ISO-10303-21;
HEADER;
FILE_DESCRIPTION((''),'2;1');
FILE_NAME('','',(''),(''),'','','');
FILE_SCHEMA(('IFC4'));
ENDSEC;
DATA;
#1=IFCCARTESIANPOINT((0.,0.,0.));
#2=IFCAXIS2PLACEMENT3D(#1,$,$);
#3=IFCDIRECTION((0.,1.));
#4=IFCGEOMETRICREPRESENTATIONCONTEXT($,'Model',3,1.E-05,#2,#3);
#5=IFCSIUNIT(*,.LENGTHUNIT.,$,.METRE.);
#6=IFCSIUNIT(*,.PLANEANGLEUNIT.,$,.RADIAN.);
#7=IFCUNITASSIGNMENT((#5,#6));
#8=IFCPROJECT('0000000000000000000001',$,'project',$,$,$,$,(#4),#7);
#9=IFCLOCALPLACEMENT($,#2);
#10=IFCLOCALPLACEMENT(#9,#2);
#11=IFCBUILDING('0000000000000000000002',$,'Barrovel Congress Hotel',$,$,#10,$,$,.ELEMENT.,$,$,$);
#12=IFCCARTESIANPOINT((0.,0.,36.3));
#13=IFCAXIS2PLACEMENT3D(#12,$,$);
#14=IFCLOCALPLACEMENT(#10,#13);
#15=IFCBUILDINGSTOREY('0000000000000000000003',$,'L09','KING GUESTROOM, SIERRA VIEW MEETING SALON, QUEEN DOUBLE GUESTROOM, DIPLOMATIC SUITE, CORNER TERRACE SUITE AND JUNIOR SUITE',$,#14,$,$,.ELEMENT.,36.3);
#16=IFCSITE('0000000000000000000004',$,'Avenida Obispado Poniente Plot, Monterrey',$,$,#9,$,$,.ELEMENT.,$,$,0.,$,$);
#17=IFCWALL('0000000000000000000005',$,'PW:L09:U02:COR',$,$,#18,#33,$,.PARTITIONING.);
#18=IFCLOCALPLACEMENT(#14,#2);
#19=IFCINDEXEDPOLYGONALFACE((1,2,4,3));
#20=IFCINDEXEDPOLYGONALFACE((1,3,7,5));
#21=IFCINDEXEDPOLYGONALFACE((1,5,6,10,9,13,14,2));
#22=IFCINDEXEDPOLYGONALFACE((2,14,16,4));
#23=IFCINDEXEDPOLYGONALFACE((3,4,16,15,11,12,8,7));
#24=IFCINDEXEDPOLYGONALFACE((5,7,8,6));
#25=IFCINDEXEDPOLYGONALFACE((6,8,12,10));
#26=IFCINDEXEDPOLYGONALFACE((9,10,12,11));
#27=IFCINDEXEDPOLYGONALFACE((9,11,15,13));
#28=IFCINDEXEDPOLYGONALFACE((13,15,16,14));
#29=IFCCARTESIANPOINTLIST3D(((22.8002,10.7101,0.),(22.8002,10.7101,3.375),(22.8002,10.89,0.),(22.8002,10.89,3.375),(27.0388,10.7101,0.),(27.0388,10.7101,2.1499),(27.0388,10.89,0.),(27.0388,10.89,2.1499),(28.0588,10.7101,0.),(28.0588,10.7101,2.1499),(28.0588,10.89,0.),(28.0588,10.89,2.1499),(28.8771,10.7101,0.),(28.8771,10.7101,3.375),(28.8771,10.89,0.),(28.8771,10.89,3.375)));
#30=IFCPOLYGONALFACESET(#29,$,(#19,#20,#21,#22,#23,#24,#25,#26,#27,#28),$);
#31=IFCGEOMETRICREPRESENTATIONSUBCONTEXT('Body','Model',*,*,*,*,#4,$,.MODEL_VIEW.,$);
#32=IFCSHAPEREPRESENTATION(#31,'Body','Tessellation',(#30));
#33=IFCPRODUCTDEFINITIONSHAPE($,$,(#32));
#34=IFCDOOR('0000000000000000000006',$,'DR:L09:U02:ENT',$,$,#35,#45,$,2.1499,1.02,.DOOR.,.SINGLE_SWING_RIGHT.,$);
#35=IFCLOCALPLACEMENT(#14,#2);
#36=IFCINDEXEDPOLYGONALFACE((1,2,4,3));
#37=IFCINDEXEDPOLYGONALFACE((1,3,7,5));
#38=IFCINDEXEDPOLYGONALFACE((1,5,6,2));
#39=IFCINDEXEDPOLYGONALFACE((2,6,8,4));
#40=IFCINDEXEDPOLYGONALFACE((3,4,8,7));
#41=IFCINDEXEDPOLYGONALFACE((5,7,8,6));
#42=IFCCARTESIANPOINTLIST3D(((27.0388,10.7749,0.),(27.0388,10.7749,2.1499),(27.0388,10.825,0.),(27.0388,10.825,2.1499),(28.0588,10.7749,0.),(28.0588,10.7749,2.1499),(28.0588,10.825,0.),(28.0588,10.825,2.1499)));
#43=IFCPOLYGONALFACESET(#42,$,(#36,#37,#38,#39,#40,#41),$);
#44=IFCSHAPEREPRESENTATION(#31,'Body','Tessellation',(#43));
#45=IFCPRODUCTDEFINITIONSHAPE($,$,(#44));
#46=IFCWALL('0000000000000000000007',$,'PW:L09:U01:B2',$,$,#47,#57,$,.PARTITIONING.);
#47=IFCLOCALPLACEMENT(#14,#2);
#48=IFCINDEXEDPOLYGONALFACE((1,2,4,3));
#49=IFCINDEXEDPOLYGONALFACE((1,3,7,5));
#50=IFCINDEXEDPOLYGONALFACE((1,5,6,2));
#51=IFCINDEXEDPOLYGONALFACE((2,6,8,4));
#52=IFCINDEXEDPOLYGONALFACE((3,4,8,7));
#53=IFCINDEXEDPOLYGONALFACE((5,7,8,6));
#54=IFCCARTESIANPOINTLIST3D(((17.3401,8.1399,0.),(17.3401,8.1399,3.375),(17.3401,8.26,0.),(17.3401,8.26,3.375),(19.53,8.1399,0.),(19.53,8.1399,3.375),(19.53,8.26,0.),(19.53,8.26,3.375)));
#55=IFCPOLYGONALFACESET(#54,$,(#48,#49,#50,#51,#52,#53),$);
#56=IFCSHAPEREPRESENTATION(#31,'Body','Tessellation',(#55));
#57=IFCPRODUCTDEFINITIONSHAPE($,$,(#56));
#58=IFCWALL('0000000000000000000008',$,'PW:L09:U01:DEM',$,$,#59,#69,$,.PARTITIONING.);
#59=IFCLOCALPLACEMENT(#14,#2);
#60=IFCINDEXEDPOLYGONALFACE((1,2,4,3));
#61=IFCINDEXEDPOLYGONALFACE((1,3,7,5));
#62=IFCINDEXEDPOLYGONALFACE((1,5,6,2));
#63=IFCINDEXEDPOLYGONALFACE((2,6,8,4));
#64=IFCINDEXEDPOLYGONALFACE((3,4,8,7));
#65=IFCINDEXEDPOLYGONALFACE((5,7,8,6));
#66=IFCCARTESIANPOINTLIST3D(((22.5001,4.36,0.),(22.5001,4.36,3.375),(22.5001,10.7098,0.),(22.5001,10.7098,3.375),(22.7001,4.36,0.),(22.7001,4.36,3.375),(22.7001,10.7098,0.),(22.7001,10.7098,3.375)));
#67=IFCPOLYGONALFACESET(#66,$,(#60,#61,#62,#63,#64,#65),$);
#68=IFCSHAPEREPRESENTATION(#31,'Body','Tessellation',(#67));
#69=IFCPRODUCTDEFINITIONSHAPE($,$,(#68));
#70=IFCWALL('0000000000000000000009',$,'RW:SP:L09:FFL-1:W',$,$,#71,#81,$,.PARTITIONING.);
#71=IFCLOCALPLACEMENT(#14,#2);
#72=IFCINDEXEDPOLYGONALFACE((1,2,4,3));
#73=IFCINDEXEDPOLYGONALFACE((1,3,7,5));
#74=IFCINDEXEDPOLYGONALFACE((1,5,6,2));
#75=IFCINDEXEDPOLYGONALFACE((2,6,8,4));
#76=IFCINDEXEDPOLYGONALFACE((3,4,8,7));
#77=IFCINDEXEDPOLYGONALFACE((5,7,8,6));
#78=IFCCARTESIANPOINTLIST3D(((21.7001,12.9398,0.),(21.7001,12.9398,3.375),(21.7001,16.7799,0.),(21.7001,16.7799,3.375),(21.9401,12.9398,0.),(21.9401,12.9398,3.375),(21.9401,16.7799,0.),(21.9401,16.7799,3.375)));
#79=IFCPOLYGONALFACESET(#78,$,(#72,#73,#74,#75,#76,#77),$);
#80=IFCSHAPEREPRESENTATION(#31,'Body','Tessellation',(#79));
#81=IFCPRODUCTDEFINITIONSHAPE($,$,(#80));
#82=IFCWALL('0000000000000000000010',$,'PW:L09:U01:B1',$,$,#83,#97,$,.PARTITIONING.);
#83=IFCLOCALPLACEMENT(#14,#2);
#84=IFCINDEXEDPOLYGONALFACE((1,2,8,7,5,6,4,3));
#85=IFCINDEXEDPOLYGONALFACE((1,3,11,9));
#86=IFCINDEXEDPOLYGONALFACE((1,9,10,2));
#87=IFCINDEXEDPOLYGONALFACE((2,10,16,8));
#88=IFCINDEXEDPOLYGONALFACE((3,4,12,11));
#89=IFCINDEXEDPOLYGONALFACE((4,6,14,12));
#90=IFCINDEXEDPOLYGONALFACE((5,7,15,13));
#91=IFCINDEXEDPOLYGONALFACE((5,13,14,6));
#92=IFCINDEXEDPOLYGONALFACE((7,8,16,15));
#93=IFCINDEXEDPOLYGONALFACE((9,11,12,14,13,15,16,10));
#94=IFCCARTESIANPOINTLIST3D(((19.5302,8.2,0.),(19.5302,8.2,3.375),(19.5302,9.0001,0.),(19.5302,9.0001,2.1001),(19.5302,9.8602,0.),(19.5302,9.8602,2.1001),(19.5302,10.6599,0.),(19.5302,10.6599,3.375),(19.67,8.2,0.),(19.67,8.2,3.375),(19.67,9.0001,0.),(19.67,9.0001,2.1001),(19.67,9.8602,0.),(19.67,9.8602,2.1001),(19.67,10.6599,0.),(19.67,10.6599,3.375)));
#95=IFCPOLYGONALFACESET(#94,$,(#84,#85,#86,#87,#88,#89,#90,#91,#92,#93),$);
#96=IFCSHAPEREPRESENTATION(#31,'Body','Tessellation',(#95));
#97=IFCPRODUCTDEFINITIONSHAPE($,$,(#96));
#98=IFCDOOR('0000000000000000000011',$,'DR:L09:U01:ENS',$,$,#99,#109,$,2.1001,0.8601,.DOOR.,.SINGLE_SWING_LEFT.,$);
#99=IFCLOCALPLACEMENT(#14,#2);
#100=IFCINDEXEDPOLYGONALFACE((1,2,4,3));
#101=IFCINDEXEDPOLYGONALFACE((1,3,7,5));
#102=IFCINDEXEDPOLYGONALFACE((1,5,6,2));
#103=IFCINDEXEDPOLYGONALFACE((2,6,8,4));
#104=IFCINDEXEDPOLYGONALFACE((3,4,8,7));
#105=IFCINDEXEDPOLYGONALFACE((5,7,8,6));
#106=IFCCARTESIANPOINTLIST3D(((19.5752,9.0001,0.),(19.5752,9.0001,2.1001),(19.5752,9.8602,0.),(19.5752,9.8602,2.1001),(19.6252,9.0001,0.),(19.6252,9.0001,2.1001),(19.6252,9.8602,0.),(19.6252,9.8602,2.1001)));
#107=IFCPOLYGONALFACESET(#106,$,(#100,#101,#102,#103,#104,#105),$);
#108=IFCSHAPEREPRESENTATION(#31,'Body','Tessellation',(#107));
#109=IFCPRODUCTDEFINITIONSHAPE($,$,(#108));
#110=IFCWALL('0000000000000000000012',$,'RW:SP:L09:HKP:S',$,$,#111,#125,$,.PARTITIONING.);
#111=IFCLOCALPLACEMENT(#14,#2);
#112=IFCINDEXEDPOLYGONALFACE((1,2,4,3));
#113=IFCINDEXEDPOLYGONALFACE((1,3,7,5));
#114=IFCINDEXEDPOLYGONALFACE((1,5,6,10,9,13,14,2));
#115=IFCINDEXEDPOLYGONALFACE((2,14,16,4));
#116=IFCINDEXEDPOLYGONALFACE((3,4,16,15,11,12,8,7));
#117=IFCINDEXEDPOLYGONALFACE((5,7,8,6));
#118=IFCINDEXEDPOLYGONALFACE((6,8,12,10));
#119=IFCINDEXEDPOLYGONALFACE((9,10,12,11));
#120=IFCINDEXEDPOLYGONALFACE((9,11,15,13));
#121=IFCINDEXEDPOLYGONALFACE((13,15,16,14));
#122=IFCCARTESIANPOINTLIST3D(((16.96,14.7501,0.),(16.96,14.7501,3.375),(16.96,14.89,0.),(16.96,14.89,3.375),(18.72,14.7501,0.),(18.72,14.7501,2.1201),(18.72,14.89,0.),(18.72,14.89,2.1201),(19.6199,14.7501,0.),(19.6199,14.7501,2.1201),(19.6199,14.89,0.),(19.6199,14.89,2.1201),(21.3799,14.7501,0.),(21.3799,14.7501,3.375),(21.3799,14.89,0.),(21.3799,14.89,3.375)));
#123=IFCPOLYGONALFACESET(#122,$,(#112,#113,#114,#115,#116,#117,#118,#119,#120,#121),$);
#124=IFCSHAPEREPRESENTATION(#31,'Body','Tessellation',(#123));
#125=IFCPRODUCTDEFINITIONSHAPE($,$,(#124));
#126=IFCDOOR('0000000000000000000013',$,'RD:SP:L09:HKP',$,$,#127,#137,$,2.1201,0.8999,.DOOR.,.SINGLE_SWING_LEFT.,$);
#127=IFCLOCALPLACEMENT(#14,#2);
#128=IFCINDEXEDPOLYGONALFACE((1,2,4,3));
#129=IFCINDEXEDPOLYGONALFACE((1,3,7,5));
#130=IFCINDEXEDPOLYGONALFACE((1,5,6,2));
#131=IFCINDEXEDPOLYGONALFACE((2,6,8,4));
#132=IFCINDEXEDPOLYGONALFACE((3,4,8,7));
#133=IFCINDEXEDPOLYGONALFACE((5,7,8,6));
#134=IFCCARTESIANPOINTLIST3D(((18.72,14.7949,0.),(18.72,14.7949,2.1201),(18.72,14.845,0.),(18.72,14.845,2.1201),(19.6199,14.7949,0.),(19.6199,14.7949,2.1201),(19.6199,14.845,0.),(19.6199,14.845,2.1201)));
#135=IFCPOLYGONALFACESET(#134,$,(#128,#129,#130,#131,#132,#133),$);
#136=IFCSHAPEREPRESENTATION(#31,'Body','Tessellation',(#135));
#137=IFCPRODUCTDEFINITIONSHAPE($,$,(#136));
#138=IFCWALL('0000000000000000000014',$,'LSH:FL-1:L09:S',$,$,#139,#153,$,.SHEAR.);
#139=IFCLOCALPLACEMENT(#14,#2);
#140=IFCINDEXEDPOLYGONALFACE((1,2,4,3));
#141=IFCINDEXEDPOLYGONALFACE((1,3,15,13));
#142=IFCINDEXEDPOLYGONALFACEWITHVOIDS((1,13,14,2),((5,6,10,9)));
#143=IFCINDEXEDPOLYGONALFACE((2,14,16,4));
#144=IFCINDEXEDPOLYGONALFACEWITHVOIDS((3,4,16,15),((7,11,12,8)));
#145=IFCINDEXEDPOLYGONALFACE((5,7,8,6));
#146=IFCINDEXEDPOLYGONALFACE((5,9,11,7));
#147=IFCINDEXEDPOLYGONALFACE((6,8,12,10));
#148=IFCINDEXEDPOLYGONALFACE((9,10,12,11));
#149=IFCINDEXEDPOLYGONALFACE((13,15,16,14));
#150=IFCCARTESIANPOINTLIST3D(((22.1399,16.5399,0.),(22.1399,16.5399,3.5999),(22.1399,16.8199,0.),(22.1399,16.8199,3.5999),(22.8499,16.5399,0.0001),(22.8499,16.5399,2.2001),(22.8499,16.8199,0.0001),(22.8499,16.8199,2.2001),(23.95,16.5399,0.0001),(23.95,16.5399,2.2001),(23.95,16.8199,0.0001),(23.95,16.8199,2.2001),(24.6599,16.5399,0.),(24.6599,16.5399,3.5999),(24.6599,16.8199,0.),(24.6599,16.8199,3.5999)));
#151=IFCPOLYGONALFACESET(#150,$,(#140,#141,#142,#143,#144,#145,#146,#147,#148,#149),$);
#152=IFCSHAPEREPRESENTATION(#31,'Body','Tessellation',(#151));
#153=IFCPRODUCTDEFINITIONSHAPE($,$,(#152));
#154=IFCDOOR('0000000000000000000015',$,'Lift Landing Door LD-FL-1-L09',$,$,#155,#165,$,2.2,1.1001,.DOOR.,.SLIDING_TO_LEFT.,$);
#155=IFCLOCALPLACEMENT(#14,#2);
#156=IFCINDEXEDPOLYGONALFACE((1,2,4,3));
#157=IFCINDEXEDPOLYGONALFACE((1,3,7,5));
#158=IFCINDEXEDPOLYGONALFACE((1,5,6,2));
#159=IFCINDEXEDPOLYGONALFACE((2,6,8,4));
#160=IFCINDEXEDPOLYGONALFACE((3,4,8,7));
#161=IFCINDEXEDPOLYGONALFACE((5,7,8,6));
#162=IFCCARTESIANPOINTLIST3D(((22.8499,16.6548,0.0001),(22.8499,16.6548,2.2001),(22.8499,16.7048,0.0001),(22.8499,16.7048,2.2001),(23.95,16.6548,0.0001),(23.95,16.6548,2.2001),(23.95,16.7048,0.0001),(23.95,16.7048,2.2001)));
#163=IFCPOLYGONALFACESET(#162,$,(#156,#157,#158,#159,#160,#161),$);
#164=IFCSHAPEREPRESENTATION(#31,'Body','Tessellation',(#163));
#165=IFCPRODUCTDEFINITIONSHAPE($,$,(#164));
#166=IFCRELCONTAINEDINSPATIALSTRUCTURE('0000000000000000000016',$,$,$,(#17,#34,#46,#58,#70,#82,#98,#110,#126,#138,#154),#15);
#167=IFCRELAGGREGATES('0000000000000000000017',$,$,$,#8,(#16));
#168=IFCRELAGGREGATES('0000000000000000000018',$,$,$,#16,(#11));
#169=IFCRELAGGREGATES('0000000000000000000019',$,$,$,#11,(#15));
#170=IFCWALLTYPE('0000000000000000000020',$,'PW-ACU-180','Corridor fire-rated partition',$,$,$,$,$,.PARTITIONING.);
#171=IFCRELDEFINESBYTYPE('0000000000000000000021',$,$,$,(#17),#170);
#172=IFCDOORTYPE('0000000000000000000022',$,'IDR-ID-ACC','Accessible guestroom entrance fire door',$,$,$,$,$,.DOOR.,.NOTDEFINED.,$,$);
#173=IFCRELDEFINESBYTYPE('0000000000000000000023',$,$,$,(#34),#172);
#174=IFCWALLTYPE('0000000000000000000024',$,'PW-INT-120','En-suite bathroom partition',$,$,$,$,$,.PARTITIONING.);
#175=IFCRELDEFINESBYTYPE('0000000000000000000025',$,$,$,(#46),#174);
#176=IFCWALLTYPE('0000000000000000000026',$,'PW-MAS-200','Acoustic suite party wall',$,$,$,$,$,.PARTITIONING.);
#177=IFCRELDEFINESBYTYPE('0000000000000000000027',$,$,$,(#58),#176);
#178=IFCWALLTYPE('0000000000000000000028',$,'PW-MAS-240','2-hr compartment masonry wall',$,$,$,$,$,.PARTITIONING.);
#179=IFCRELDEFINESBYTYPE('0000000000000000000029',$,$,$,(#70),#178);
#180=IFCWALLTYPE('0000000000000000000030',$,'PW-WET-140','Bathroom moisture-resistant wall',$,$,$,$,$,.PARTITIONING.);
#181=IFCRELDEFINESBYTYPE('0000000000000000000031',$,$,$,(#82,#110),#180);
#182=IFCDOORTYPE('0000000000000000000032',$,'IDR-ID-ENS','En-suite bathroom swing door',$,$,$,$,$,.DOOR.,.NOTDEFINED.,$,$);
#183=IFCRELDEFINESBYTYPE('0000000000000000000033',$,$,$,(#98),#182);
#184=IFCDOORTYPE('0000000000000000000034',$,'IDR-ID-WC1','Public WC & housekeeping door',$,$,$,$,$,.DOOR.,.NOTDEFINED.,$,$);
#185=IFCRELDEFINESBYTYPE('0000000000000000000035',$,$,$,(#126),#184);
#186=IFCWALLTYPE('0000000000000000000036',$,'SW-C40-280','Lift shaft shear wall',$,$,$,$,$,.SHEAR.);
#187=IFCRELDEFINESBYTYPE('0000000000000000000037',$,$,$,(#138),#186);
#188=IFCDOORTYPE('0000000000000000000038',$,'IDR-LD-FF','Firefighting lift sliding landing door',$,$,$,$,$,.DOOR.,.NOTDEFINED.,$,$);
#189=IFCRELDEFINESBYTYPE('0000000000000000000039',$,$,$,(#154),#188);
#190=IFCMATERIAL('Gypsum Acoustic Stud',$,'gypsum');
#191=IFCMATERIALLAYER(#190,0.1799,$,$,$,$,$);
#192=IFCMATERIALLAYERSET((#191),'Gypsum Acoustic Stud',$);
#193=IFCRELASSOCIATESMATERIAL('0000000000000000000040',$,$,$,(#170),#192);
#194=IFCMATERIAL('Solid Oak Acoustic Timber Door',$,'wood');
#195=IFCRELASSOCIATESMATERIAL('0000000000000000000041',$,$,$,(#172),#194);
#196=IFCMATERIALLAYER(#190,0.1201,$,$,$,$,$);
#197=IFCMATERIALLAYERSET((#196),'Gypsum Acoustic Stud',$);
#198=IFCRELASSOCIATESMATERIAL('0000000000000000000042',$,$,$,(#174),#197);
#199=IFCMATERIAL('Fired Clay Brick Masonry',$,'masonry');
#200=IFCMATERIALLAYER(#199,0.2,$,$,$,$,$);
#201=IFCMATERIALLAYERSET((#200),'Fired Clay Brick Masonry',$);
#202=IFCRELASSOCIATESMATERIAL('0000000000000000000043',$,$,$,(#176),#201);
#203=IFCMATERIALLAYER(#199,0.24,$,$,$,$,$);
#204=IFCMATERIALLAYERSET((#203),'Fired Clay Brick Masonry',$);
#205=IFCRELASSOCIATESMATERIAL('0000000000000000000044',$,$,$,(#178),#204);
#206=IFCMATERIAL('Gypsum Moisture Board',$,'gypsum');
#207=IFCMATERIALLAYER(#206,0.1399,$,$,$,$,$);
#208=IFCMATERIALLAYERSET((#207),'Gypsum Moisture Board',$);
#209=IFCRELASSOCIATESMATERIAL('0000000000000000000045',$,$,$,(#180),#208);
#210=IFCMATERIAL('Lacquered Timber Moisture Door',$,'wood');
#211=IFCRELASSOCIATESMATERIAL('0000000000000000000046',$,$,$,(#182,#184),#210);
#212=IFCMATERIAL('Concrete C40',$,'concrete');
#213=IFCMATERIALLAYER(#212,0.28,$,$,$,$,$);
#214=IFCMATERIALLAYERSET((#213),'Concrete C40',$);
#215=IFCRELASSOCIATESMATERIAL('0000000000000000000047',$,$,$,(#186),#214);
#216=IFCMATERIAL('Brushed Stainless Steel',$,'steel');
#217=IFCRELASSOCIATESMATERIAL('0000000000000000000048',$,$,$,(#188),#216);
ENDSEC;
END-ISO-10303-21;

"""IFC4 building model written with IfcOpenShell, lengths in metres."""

from ifc_helpers import new_model, si_unit, direction, frame, frame_2d, origin, place, context, subcontext, project, spatial, rectangle, extrude, material, layer, layer_set, type_object, element, fill, save


model = new_model("IFC4")

# Units and contexts
model_context = context("Model", 3, precision=1e-05, world=origin(), true_north=direction((0.0, 1.0)))
body_context = subcontext(model_context, "Body", "Model", "MODEL_VIEW")
ifc_project = project(units=[si_unit("LENGTHUNIT", "METRE"), si_unit("PLANEANGLEUNIT", "RADIAN")], contexts=[model_context])

# Site, building, storey
site_placement = place(None, origin())
site = spatial("IfcSite", under=ifc_project, at=site_placement, Name="Avenida Obispado Poniente Plot, Monterrey", CompositionType="ELEMENT", RefElevation=0.0)
building_placement = place(site_placement, origin())
building = spatial("IfcBuilding", under=site, at=building_placement, Name="Barrovel Congress Hotel", CompositionType="ELEMENT")
storey_placement = place(building_placement, frame((0.0, 0.0, 36.3)))
storey = spatial("IfcBuildingStorey", under=building, at=storey_placement, Name="L09", Description="KING GUESTROOM, SIERRA VIEW MEETING SALON, QUEEN DOUBLE GUESTROOM, DIPLOMATIC SUITE, CORNER TERRACE SUITE AND JUNIOR SUITE", CompositionType="ELEMENT", Elevation=36.3)

# Shared definitions
ifc_material_1 = material(Name="Concrete C40", Category="concrete")

# Shared definitions
ifc_material_2 = material(Name="Fired Clay Brick Masonry", Category="masonry")

# Wall, opening, door
ifc_material_3 = material(Name="Gypsum Acoustic Stud", Category="gypsum")
ifc_layer_1 = layer(ifc_material_3, 0.1799)
ifc_layer_set_1 = layer_set([ifc_layer_1], Name="Gypsum Acoustic Stud")
wall_type_1 = type_object("IfcWallType", Name="PW-ACU-180", Description="Corridor fire-rated partition", PredefinedType="PARTITIONING", material=ifc_layer_set_1)
ifc_material_4 = material(Name="Solid Oak Acoustic Timber Door", Category="wood")
wall_1_placement = place(storey_placement, frame((22.8, 10.8, 0.0), z_axis=(0.0, 0.0, 1.0), x_axis=(1.0, 0.0, 0.0)))
wall_1 = element("IfcWall", 1, at=wall_1_placement, inside=storey, type_object=wall_type_1, Name="PW:L09:U02:COR", PredefinedType="PARTITIONING", context=body_context, shape_type="SweptSolid", body=[
    extrude(rectangle(XDim=6.0769, YDim=0.1799, at=frame_2d((3.0386, 0.0))), origin(), (0.0, 0.0, 1.0), 3.375),
])
opening_1_placement = place(wall_1_placement, frame((4.2388, 0.0, 0.0)))
opening_1 = element("IfcOpeningElement", 2, at=opening_1_placement, cuts=wall_1, PredefinedType="OPENING", context=body_context, shape_type="SweptSolid", body=[
    extrude(rectangle(XDim=1.02, YDim=2.1499, at=frame_2d((0.51, 1.075))), frame((0.0, 0.1001, 0.0), z_axis=(0.0, -1.0, 0.0), x_axis=(1.0, 0.0, 0.0)), (0.0, 0.0, 1.0), 0.2),
])
door_type_1 = type_object("IfcDoorType", Name="IDR-ID-ACC", Description="Accessible guestroom entrance fire door", OperationType="NOTDEFINED", PredefinedType="DOOR", material=ifc_material_4)
door_1_placement = place(opening_1_placement, origin())
door_1 = element("IfcDoor", 3, at=door_1_placement, inside=storey, type_object=door_type_1, Name="DR:L09:U02:ENT", OperationType="SINGLE_SWING_RIGHT", OverallHeight=2.1499, OverallWidth=1.02, PredefinedType="DOOR", context=body_context, shape_type="SweptSolid", body=[
    extrude(rectangle(XDim=1.02, YDim=2.1499, at=frame_2d((0.51, 1.075))), frame((0.0, 0.0249, 0.0), z_axis=(0.0, -1.0, 0.0), x_axis=(1.0, 0.0, 0.0)), (0.0, 0.0, 1.0), 0.05),
])
fill(opening_1, door_1)

# Walls
ifc_layer_2 = layer(ifc_material_3, 0.1201)
ifc_layer_set_2 = layer_set([ifc_layer_2], Name="Gypsum Acoustic Stud")
wall_type_2 = type_object("IfcWallType", Name="PW-INT-120", Description="En-suite bathroom partition", PredefinedType="PARTITIONING", material=ifc_layer_set_2)
wall_2_placement = place(storey_placement, frame((17.3401, 8.2, 0.0), z_axis=(0.0, 0.0, 1.0), x_axis=(1.0, 0.0, 0.0)))
element("IfcWall", 4, at=wall_2_placement, inside=storey, type_object=wall_type_2, Name="PW:L09:U01:B2", PredefinedType="PARTITIONING", context=body_context, shape_type="SweptSolid", body=[
    extrude(rectangle(XDim=2.1899, YDim=0.1201, at=frame_2d((1.095, 0.0))), origin(), (0.0, 0.0, 1.0), 3.375),
])
ifc_layer_3 = layer(ifc_material_2, 0.2)
ifc_layer_set_3 = layer_set([ifc_layer_3], Name="Fired Clay Brick Masonry")
wall_type_3 = type_object("IfcWallType", Name="PW-MAS-200", Description="Acoustic suite party wall", PredefinedType="PARTITIONING", material=ifc_layer_set_3)
wall_3_placement = place(storey_placement, frame((22.6001, 4.3601, 0.0), z_axis=(0.0, 0.0, 1.0), x_axis=(0.0, 1.0, 0.0)))
element("IfcWall", 5, at=wall_3_placement, inside=storey, type_object=wall_type_3, Name="PW:L09:U01:DEM", PredefinedType="PARTITIONING", context=body_context, shape_type="SweptSolid", body=[
    extrude(rectangle(XDim=6.3499, YDim=0.2, at=frame_2d((3.1748, 0.0))), origin(), (0.0, 0.0, 1.0), 3.375),
])

# Shared definitions
ifc_layer_4 = layer(ifc_material_2, 0.24)
ifc_layer_set_4 = layer_set([ifc_layer_4], Name="Fired Clay Brick Masonry")
wall_type_4 = type_object("IfcWallType", Name="PW-MAS-240", Description="2-hr compartment masonry wall", PredefinedType="PARTITIONING", material=ifc_layer_set_4)

# Wall
wall_4_placement = place(storey_placement, frame((21.8201, 12.9399, 0.0), z_axis=(0.0, 0.0, 1.0), x_axis=(0.0, 1.0, 0.0)))
element("IfcWall", 6, at=wall_4_placement, inside=storey, type_object=wall_type_4, Name="RW:SP:L09:FFL-1:W", PredefinedType="PARTITIONING", context=body_context, shape_type="SweptSolid", body=[
    extrude(rectangle(XDim=3.8401, YDim=0.24, at=frame_2d((1.9199, 0.0))), origin(), (0.0, 0.0, 1.0), 3.375),
])

# Walls, openings, doors
ifc_material_5 = material(Name="Gypsum Moisture Board", Category="gypsum")
ifc_layer_5 = layer(ifc_material_5, 0.1399)
ifc_layer_set_5 = layer_set([ifc_layer_5], Name="Gypsum Moisture Board")
wall_type_5 = type_object("IfcWallType", Name="PW-WET-140", Description="Bathroom moisture-resistant wall", PredefinedType="PARTITIONING", material=ifc_layer_set_5)
wall_5_placement = place(storey_placement, frame((19.6001, 8.2, 0.0), z_axis=(0.0, 0.0, 1.0), x_axis=(0.0, 1.0, 0.0)))
wall_5 = element("IfcWall", 7, at=wall_5_placement, inside=storey, type_object=wall_type_5, Name="PW:L09:U01:B1", PredefinedType="PARTITIONING", context=body_context, shape_type="SweptSolid", body=[
    extrude(rectangle(XDim=2.46, YDim=0.1399, at=frame_2d((1.23, 0.0))), origin(), (0.0, 0.0, 1.0), 3.375),
])
opening_2_placement = place(wall_5_placement, frame((0.8, 0.0, 0.0)))
opening_2 = element("IfcOpeningElement", 8, at=opening_2_placement, cuts=wall_5, PredefinedType="OPENING", context=body_context, shape_type="SweptSolid", body=[
    extrude(rectangle(XDim=0.8601, YDim=2.1001, at=frame_2d((0.4302, 1.05))), frame((0.0, 0.0801, 0.0), z_axis=(0.0, -1.0, 0.0), x_axis=(1.0, 0.0, 0.0)), (0.0, 0.0, 1.0), 0.1599),
])
ifc_material_6 = material(Name="Lacquered Timber Moisture Door", Category="wood")
door_type_2 = type_object("IfcDoorType", Name="IDR-ID-ENS", Description="En-suite bathroom swing door", OperationType="NOTDEFINED", PredefinedType="DOOR", material=ifc_material_6)
door_2_placement = place(opening_2_placement, origin())
door_2 = element("IfcDoor", 9, at=door_2_placement, inside=storey, type_object=door_type_2, Name="DR:L09:U01:ENS", OperationType="SINGLE_SWING_LEFT", OverallHeight=2.1001, OverallWidth=0.8601, PredefinedType="DOOR", context=body_context, shape_type="SweptSolid", body=[
    extrude(rectangle(XDim=0.8601, YDim=2.1001, at=frame_2d((0.4302, 1.05))), frame((0.0, 0.0249, 0.0), z_axis=(0.0, -1.0, 0.0), x_axis=(1.0, 0.0, 0.0)), (0.0, 0.0, 1.0), 0.05),
])
fill(opening_2, door_2)
wall_6_placement = place(storey_placement, frame((16.96, 14.8201, 0.0), z_axis=(0.0, 0.0, 1.0), x_axis=(1.0, 0.0, 0.0)))
wall_6 = element("IfcWall", 10, at=wall_6_placement, inside=storey, type_object=wall_type_5, Name="RW:SP:L09:HKP:S", PredefinedType="PARTITIONING", context=body_context, shape_type="SweptSolid", body=[
    extrude(rectangle(XDim=4.4199, YDim=0.1399, at=frame_2d((2.21, 0.0))), origin(), (0.0, 0.0, 1.0), 3.375),
])
opening_3_placement = place(wall_6_placement, frame((1.76, 0.0, 0.0)))
opening_3 = element("IfcOpeningElement", 11, at=opening_3_placement, cuts=wall_6, PredefinedType="OPENING", context=body_context, shape_type="SweptSolid", body=[
    extrude(rectangle(XDim=0.8999, YDim=2.1201, at=frame_2d((0.45, 1.0601))), frame((0.0, 0.0801, 0.0), z_axis=(0.0, -1.0, 0.0), x_axis=(1.0, 0.0, 0.0)), (0.0, 0.0, 1.0), 0.1599),
])
door_type_3 = type_object("IfcDoorType", Name="IDR-ID-WC1", Description="Public WC & housekeeping door", OperationType="NOTDEFINED", PredefinedType="DOOR", material=ifc_material_6)
door_3_placement = place(opening_3_placement, origin())
door_3 = element("IfcDoor", 12, at=door_3_placement, inside=storey, type_object=door_type_3, Name="RD:SP:L09:HKP", OperationType="SINGLE_SWING_LEFT", OverallHeight=2.1201, OverallWidth=0.8999, PredefinedType="DOOR", context=body_context, shape_type="SweptSolid", body=[
    extrude(rectangle(XDim=0.8999, YDim=2.1201, at=frame_2d((0.45, 1.0601))), frame((0.0, 0.0249, 0.0), z_axis=(0.0, -1.0, 0.0), x_axis=(1.0, 0.0, 0.0)), (0.0, 0.0, 1.0), 0.05),
])
fill(opening_3, door_3)
ifc_layer_6 = layer(ifc_material_1, 0.28)
ifc_layer_set_6 = layer_set([ifc_layer_6], Name="Concrete C40")
wall_type_6 = type_object("IfcWallType", Name="SW-C40-280", Description="Lift shaft shear wall", PredefinedType="SHEAR", material=ifc_layer_set_6)
wall_7_placement = place(storey_placement, frame((22.1399, 16.6799, 0.0), z_axis=(0.0, 0.0, 1.0), x_axis=(1.0, 0.0, 0.0)))
wall_7 = element("IfcWall", 13, at=wall_7_placement, inside=storey, type_object=wall_type_6, Name="LSH:FL-1:L09:S", PredefinedType="SHEAR", context=body_context, shape_type="SweptSolid", body=[
    extrude(rectangle(XDim=2.52, YDim=0.28, at=frame_2d((1.26, 0.0))), origin(), (0.0, 0.0, 1.0), 3.5999),
])
opening_4_placement = place(wall_7_placement, frame((0.71, 0.0, 0.0)))
opening_4 = element("IfcOpeningElement", 14, at=opening_4_placement, cuts=wall_7, PredefinedType="OPENING", context=body_context, shape_type="SweptSolid", body=[
    extrude(rectangle(XDim=1.1001, YDim=2.2, at=frame_2d((0.55, 1.1001))), frame((0.0, 0.1499, 0.0), z_axis=(0.0, -1.0, 0.0), x_axis=(1.0, 0.0, 0.0)), (0.0, 0.0, 1.0), 0.3),
])
ifc_material_7 = material(Name="Brushed Stainless Steel", Category="steel")
door_type_4 = type_object("IfcDoorType", Name="IDR-LD-FF", Description="Firefighting lift sliding landing door", OperationType="NOTDEFINED", PredefinedType="DOOR", material=ifc_material_7)
door_4_placement = place(opening_4_placement, origin())
door_4 = element("IfcDoor", 15, at=door_4_placement, inside=storey, type_object=door_type_4, Name="Lift Landing Door LD-FL-1-L09", OperationType="SLIDING_TO_LEFT", OverallHeight=2.2, OverallWidth=1.1001, PredefinedType="DOOR", context=body_context, shape_type="SweptSolid", body=[
    extrude(rectangle(XDim=1.1001, YDim=2.2, at=frame_2d((0.55, 1.1001))), frame((0.0, 0.0249, 0.0), z_axis=(0.0, -1.0, 0.0), x_axis=(1.0, 0.0, 0.0)), (0.0, 0.0, 1.0), 0.05),
])
fill(opening_4, door_4)

save(model, "model.ifc")
